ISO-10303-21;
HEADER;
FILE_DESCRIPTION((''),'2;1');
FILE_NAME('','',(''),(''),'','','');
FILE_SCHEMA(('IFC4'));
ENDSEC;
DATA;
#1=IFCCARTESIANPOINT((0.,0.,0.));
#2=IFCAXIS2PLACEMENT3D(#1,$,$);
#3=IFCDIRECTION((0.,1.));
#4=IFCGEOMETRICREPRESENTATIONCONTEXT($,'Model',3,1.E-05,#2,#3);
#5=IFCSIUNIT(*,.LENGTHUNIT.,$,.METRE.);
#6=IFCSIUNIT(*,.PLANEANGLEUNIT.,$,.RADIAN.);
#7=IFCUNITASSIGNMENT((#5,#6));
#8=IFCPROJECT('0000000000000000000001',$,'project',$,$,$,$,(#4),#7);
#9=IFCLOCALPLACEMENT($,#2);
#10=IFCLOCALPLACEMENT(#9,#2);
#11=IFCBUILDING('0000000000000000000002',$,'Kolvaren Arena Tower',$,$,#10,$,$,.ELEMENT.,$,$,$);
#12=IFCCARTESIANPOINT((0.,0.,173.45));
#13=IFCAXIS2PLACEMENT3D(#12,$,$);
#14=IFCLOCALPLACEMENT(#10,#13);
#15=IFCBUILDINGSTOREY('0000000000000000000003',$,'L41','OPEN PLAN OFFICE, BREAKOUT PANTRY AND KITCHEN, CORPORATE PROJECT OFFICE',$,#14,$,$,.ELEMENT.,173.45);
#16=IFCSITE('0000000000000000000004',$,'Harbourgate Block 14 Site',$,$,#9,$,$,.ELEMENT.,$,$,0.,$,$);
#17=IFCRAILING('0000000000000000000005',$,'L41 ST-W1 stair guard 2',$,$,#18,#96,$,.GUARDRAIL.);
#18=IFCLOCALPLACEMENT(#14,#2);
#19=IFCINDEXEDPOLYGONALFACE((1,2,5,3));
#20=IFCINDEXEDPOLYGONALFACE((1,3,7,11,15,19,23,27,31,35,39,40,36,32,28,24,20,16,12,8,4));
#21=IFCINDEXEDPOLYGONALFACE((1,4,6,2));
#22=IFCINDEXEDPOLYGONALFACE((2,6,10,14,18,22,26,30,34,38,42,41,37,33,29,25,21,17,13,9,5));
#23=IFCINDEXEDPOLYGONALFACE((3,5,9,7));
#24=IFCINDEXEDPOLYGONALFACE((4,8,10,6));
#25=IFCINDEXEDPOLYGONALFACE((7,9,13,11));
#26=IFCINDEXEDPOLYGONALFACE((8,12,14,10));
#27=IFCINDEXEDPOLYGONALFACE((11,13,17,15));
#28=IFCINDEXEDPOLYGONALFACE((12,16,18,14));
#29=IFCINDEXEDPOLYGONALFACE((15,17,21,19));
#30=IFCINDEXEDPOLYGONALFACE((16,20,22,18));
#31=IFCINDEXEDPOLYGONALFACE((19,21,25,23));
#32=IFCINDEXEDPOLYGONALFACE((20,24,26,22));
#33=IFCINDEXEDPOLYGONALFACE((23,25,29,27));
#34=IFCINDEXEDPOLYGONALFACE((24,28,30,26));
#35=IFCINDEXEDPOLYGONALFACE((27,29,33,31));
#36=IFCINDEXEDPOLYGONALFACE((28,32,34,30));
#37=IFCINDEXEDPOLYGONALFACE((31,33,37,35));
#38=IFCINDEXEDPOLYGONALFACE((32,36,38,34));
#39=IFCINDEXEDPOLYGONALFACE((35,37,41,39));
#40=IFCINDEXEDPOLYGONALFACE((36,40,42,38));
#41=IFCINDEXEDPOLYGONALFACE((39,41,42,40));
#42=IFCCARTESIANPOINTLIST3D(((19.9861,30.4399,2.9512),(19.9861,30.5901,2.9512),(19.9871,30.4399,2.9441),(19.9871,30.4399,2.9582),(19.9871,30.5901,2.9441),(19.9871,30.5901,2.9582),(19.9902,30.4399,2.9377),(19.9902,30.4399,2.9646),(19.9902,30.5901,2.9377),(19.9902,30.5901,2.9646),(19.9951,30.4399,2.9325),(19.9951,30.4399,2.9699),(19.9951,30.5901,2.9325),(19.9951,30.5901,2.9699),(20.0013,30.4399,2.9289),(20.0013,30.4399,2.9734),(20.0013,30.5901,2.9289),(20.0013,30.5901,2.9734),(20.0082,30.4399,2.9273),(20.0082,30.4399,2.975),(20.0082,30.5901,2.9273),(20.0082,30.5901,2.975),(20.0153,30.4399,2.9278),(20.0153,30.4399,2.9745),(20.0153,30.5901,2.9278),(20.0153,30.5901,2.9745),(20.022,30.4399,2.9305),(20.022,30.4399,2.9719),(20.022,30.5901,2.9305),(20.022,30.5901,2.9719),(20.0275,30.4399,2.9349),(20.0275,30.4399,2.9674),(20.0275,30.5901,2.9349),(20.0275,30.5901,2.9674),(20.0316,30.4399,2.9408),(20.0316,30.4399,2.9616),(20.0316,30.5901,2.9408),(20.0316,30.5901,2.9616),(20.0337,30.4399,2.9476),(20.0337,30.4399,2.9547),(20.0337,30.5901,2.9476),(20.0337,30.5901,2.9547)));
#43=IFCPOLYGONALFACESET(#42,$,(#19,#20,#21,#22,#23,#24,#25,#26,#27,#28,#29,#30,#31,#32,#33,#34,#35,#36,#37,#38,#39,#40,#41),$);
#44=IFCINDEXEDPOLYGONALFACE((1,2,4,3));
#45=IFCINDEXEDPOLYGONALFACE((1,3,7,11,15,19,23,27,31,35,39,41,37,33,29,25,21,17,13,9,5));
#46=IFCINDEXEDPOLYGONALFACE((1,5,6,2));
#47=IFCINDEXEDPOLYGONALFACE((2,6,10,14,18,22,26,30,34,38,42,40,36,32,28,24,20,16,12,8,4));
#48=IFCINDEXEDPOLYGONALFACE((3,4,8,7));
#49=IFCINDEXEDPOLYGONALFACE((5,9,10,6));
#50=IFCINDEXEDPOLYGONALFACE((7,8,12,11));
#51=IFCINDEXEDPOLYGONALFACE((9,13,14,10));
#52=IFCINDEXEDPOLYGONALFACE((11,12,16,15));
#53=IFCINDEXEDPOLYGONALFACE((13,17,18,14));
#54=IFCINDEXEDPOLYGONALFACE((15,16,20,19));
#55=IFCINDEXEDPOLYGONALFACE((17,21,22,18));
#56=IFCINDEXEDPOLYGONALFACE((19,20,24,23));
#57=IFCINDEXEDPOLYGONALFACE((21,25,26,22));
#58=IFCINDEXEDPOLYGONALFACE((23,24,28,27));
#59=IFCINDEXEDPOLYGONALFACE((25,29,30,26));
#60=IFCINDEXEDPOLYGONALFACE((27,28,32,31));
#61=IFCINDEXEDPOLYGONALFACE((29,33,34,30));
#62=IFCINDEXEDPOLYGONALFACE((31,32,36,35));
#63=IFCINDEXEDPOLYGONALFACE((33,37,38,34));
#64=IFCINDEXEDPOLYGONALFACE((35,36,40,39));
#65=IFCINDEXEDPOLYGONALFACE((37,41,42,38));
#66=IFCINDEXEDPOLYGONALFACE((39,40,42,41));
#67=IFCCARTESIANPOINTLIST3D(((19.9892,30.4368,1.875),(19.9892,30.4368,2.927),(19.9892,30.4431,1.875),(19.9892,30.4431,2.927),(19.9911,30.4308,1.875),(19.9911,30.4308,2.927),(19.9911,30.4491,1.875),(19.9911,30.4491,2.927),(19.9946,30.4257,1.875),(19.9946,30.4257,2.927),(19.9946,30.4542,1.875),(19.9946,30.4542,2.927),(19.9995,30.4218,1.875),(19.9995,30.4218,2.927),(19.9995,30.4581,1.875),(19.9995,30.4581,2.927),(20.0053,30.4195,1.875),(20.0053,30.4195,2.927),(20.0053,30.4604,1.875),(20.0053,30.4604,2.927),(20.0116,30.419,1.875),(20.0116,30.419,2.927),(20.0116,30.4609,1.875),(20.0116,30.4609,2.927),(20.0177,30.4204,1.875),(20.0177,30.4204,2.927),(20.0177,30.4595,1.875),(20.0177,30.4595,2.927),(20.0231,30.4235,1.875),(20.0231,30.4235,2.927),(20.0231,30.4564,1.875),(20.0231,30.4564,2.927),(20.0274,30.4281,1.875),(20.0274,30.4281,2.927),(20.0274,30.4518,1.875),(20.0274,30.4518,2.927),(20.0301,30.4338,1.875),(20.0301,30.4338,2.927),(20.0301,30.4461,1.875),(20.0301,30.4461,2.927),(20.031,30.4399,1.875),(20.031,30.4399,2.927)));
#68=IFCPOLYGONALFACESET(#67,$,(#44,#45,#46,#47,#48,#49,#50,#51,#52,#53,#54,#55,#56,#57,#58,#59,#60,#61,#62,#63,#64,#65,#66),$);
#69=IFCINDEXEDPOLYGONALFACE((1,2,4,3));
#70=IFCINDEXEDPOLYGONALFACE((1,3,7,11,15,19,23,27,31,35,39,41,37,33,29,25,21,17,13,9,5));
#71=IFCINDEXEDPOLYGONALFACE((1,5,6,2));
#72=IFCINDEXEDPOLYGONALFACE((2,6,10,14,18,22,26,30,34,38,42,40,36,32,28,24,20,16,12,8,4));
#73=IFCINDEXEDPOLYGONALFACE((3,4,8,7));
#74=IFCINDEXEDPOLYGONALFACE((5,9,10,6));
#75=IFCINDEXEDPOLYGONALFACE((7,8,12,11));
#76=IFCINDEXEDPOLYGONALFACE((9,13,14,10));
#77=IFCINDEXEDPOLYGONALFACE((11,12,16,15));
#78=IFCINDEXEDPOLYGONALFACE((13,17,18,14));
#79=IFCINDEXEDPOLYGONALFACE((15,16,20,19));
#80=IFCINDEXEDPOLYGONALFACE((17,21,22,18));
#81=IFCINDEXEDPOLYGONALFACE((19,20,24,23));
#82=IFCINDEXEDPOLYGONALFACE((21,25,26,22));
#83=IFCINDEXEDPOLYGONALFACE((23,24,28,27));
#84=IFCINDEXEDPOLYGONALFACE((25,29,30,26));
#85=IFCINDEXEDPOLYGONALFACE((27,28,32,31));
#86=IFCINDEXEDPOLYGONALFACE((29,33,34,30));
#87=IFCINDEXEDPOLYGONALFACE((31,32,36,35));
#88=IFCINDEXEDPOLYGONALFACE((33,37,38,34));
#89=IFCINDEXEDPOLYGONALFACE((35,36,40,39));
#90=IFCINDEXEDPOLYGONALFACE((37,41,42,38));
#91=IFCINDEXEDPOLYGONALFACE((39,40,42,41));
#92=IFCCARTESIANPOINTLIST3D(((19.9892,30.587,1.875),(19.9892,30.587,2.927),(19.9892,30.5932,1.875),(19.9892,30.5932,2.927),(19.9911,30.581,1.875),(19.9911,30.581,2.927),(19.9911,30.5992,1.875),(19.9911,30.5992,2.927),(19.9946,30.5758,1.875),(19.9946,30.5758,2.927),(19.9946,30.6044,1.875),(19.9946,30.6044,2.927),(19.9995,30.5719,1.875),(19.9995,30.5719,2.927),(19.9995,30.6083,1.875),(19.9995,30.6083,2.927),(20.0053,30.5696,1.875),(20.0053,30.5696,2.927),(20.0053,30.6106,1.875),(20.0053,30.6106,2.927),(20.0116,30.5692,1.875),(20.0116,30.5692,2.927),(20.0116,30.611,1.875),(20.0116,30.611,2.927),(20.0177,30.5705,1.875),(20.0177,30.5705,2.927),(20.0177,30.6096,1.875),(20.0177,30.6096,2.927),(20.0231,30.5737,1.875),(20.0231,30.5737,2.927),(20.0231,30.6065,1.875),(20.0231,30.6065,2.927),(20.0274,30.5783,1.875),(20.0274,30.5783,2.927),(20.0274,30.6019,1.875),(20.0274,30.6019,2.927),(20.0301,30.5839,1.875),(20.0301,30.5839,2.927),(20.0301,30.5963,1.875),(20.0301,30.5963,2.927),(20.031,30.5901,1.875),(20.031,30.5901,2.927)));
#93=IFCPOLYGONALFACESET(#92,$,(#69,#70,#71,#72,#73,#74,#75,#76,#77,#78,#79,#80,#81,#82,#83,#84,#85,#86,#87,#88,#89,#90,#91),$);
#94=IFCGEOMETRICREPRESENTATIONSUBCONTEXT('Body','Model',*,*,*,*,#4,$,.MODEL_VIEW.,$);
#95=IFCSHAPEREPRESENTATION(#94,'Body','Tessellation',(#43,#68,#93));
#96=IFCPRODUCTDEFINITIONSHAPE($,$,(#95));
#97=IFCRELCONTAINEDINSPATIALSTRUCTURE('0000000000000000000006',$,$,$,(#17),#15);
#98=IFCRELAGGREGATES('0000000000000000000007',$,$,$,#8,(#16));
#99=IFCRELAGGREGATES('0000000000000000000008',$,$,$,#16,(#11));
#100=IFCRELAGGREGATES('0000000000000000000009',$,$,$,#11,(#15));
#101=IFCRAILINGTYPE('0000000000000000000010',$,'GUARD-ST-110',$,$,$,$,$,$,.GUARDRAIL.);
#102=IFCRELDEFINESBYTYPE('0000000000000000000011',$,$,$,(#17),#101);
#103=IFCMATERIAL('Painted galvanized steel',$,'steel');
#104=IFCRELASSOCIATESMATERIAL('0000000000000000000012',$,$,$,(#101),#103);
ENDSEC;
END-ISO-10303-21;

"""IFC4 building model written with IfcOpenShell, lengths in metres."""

from ifc_helpers import new_model, si_unit, direction, frame, origin, origin_2d, place, context, subcontext, project, spatial, circle, extrude, material, type_object, element, save


model = new_model("IFC4")

# Units and contexts
model_context = context("Model", 3, precision=1e-05, world=origin(), true_north=direction((0.0, 1.0)))
body_context = subcontext(model_context, "Body", "Model", "MODEL_VIEW")
ifc_project = project(units=[si_unit("LENGTHUNIT", "METRE"), si_unit("PLANEANGLEUNIT", "RADIAN")], contexts=[model_context])

# Site, building, storey
site_placement = place(None, origin())
site = spatial("IfcSite", under=ifc_project, at=site_placement, Name="Harbourgate Block 14 Site", CompositionType="ELEMENT", RefElevation=0.0)
building_placement = place(site_placement, origin())
building = spatial("IfcBuilding", under=site, at=building_placement, Name="Kolvaren Arena Tower", CompositionType="ELEMENT")
storey_placement = place(building_placement, frame((0.0, 0.0, 173.45)))
storey = spatial("IfcBuildingStorey", under=building, at=storey_placement, Name="L41", Description="OPEN PLAN OFFICE, BREAKOUT PANTRY AND KITCHEN, CORPORATE PROJECT OFFICE", CompositionType="ELEMENT", Elevation=173.45)

# Railing
ifc_material_1 = material(Name="Painted galvanized steel", Category="steel")
railing_type_1 = type_object("IfcRailingType", Name="GUARD-ST-110", PredefinedType="GUARDRAIL", material=ifc_material_1)
railing_1_placement = place(storey_placement, frame((20.01, 30.4399, 1.875)))
element("IfcRailing", 1, at=railing_1_placement, inside=storey, type_object=railing_type_1, Name="L41 ST-W1 stair guard 2", PredefinedType="GUARDRAIL", context=body_context, shape_type="SweptSolid", body=[
    extrude(circle(Radius=0.0239, at=origin_2d()), frame((0.0, 0.0, 1.0762), z_axis=(0.0, 1.0, 0.0), x_axis=(-1.0, 0.0, 0.0)), (0.0, 0.0, 1.0), 0.1501),
    extrude(circle(Radius=0.021, at=origin_2d()), origin(), (0.0, 0.0, 1.0), 1.052),
    extrude(circle(Radius=0.021, at=origin_2d()), frame((0.0, 0.1501, 0.0)), (0.0, 0.0, 1.0), 1.052),
])

save(model, "model.ifc")
